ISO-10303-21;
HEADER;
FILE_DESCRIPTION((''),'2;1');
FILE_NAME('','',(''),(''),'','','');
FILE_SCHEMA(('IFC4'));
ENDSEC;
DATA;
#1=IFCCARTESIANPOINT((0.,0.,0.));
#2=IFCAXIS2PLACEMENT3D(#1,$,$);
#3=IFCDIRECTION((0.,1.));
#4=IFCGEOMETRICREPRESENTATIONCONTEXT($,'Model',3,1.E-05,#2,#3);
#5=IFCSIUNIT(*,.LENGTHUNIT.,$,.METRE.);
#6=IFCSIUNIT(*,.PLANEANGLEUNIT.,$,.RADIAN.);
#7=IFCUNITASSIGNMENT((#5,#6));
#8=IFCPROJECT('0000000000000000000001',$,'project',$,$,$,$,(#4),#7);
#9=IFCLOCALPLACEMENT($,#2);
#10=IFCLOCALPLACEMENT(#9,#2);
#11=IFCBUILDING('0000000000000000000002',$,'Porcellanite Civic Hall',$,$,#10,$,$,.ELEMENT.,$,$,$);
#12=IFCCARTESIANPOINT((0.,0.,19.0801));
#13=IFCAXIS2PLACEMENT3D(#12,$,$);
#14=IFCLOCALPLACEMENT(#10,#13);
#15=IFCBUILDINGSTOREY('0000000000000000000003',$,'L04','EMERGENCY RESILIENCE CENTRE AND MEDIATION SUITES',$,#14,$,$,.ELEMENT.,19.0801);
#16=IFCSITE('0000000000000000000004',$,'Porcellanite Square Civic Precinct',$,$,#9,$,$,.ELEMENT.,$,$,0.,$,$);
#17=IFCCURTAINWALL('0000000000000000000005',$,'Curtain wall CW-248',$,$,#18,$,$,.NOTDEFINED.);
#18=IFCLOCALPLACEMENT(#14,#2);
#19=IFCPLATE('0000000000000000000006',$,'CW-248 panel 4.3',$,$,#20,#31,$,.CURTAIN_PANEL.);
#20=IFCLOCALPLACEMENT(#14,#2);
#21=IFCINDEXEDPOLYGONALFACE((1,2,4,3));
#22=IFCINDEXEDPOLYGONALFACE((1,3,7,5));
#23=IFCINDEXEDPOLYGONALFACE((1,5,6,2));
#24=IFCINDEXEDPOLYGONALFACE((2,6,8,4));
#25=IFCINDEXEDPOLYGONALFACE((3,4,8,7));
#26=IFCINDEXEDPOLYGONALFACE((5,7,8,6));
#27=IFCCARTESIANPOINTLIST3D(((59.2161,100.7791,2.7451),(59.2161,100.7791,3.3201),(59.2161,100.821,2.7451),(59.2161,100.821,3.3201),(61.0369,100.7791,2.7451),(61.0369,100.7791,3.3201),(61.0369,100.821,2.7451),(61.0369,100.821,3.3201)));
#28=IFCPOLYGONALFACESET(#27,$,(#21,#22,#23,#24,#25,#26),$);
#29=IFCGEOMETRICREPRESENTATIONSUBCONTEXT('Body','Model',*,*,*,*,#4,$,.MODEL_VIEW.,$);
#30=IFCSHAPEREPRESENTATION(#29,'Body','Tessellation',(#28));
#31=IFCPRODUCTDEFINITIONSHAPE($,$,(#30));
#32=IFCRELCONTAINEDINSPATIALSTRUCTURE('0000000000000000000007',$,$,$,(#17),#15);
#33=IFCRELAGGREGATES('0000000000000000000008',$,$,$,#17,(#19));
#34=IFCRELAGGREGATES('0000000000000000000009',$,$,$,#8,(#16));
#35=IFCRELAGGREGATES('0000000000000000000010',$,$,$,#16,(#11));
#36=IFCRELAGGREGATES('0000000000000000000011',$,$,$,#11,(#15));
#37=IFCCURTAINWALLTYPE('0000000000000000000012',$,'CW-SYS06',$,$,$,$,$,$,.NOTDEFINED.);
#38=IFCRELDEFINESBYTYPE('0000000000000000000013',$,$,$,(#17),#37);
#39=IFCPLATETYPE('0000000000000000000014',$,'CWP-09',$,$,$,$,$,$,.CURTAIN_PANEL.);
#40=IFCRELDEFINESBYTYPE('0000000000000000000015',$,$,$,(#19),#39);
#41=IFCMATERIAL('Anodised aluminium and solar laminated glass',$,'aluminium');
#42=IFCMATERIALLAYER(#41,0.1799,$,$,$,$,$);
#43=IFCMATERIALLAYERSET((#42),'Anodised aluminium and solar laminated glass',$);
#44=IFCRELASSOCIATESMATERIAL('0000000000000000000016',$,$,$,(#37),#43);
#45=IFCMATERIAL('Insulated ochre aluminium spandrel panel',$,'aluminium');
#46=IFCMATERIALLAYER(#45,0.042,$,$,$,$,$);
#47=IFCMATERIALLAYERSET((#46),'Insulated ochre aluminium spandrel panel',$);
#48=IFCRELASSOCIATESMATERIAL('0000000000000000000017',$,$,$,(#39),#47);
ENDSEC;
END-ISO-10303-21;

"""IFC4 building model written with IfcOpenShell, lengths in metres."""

from ifc_helpers import new_model, si_unit, direction, frame, origin, origin_2d, place, context, subcontext, project, spatial, rectangle, extrude, material, layer, layer_set, type_object, element, aggregate, save


model = new_model("IFC4")

# Units and contexts
model_context = context("Model", 3, precision=1e-05, world=origin(), true_north=direction((0.0, 1.0)))
body_context = subcontext(model_context, "Body", "Model", "MODEL_VIEW")
ifc_project = project(units=[si_unit("LENGTHUNIT", "METRE"), si_unit("PLANEANGLEUNIT", "RADIAN")], contexts=[model_context])

# Site, building, storey
site_placement = place(None, origin())
site = spatial("IfcSite", under=ifc_project, at=site_placement, Name="Porcellanite Square Civic Precinct", CompositionType="ELEMENT", RefElevation=0.0)
building_placement = place(site_placement, origin())
building = spatial("IfcBuilding", under=site, at=building_placement, Name="Porcellanite Civic Hall", CompositionType="ELEMENT")
storey_placement = place(building_placement, frame((0.0, 0.0, 19.0801)))
storey = spatial("IfcBuildingStorey", under=building, at=storey_placement, Name="L04", Description="EMERGENCY RESILIENCE CENTRE AND MEDIATION SUITES", CompositionType="ELEMENT", Elevation=19.0801)

# Curtain wall
ifc_material_1 = material(Name="Anodised aluminium and solar laminated glass", Category="aluminium")
ifc_layer_1 = layer(ifc_material_1, 0.1799)
ifc_layer_set_1 = layer_set([ifc_layer_1], Name="Anodised aluminium and solar laminated glass")
curtain_wall_type_1 = type_object("IfcCurtainWallType", Name="CW-SYS06", PredefinedType="NOTDEFINED", material=ifc_layer_set_1)
curtain_wall_1_placement = place(storey_placement, origin())
curtain_wall_1 = element("IfcCurtainWall", 1, at=curtain_wall_1_placement, inside=storey, type_object=curtain_wall_type_1, Name="Curtain wall CW-248", PredefinedType="NOTDEFINED")

# Plate
ifc_material_2 = material(Name="Insulated ochre aluminium spandrel panel", Category="aluminium")
ifc_layer_2 = layer(ifc_material_2, 0.042)
ifc_layer_set_2 = layer_set([ifc_layer_2], Name="Insulated ochre aluminium spandrel panel")
plate_type_1 = type_object("IfcPlateType", Name="CWP-09", PredefinedType="CURTAIN_PANEL", material=ifc_layer_set_2)
plate_1_placement = place(storey_placement, frame((60.1265, 100.8, 2.7451), z_axis=(0.0, 0.0, 1.0), x_axis=(-1.0, 0.0, 0.0)))
plate_1 = element("IfcPlate", 2, at=plate_1_placement, type_object=plate_type_1, Name="CW-248 panel 4.3", PredefinedType="CURTAIN_PANEL", context=body_context, shape_type="SweptSolid", body=[
    extrude(rectangle(XDim=1.8208, YDim=0.042, at=origin_2d()), origin(), (0.0, 0.0, 1.0), 0.575),
])
aggregate(curtain_wall_1, [plate_1])

save(model, "model.ifc")
